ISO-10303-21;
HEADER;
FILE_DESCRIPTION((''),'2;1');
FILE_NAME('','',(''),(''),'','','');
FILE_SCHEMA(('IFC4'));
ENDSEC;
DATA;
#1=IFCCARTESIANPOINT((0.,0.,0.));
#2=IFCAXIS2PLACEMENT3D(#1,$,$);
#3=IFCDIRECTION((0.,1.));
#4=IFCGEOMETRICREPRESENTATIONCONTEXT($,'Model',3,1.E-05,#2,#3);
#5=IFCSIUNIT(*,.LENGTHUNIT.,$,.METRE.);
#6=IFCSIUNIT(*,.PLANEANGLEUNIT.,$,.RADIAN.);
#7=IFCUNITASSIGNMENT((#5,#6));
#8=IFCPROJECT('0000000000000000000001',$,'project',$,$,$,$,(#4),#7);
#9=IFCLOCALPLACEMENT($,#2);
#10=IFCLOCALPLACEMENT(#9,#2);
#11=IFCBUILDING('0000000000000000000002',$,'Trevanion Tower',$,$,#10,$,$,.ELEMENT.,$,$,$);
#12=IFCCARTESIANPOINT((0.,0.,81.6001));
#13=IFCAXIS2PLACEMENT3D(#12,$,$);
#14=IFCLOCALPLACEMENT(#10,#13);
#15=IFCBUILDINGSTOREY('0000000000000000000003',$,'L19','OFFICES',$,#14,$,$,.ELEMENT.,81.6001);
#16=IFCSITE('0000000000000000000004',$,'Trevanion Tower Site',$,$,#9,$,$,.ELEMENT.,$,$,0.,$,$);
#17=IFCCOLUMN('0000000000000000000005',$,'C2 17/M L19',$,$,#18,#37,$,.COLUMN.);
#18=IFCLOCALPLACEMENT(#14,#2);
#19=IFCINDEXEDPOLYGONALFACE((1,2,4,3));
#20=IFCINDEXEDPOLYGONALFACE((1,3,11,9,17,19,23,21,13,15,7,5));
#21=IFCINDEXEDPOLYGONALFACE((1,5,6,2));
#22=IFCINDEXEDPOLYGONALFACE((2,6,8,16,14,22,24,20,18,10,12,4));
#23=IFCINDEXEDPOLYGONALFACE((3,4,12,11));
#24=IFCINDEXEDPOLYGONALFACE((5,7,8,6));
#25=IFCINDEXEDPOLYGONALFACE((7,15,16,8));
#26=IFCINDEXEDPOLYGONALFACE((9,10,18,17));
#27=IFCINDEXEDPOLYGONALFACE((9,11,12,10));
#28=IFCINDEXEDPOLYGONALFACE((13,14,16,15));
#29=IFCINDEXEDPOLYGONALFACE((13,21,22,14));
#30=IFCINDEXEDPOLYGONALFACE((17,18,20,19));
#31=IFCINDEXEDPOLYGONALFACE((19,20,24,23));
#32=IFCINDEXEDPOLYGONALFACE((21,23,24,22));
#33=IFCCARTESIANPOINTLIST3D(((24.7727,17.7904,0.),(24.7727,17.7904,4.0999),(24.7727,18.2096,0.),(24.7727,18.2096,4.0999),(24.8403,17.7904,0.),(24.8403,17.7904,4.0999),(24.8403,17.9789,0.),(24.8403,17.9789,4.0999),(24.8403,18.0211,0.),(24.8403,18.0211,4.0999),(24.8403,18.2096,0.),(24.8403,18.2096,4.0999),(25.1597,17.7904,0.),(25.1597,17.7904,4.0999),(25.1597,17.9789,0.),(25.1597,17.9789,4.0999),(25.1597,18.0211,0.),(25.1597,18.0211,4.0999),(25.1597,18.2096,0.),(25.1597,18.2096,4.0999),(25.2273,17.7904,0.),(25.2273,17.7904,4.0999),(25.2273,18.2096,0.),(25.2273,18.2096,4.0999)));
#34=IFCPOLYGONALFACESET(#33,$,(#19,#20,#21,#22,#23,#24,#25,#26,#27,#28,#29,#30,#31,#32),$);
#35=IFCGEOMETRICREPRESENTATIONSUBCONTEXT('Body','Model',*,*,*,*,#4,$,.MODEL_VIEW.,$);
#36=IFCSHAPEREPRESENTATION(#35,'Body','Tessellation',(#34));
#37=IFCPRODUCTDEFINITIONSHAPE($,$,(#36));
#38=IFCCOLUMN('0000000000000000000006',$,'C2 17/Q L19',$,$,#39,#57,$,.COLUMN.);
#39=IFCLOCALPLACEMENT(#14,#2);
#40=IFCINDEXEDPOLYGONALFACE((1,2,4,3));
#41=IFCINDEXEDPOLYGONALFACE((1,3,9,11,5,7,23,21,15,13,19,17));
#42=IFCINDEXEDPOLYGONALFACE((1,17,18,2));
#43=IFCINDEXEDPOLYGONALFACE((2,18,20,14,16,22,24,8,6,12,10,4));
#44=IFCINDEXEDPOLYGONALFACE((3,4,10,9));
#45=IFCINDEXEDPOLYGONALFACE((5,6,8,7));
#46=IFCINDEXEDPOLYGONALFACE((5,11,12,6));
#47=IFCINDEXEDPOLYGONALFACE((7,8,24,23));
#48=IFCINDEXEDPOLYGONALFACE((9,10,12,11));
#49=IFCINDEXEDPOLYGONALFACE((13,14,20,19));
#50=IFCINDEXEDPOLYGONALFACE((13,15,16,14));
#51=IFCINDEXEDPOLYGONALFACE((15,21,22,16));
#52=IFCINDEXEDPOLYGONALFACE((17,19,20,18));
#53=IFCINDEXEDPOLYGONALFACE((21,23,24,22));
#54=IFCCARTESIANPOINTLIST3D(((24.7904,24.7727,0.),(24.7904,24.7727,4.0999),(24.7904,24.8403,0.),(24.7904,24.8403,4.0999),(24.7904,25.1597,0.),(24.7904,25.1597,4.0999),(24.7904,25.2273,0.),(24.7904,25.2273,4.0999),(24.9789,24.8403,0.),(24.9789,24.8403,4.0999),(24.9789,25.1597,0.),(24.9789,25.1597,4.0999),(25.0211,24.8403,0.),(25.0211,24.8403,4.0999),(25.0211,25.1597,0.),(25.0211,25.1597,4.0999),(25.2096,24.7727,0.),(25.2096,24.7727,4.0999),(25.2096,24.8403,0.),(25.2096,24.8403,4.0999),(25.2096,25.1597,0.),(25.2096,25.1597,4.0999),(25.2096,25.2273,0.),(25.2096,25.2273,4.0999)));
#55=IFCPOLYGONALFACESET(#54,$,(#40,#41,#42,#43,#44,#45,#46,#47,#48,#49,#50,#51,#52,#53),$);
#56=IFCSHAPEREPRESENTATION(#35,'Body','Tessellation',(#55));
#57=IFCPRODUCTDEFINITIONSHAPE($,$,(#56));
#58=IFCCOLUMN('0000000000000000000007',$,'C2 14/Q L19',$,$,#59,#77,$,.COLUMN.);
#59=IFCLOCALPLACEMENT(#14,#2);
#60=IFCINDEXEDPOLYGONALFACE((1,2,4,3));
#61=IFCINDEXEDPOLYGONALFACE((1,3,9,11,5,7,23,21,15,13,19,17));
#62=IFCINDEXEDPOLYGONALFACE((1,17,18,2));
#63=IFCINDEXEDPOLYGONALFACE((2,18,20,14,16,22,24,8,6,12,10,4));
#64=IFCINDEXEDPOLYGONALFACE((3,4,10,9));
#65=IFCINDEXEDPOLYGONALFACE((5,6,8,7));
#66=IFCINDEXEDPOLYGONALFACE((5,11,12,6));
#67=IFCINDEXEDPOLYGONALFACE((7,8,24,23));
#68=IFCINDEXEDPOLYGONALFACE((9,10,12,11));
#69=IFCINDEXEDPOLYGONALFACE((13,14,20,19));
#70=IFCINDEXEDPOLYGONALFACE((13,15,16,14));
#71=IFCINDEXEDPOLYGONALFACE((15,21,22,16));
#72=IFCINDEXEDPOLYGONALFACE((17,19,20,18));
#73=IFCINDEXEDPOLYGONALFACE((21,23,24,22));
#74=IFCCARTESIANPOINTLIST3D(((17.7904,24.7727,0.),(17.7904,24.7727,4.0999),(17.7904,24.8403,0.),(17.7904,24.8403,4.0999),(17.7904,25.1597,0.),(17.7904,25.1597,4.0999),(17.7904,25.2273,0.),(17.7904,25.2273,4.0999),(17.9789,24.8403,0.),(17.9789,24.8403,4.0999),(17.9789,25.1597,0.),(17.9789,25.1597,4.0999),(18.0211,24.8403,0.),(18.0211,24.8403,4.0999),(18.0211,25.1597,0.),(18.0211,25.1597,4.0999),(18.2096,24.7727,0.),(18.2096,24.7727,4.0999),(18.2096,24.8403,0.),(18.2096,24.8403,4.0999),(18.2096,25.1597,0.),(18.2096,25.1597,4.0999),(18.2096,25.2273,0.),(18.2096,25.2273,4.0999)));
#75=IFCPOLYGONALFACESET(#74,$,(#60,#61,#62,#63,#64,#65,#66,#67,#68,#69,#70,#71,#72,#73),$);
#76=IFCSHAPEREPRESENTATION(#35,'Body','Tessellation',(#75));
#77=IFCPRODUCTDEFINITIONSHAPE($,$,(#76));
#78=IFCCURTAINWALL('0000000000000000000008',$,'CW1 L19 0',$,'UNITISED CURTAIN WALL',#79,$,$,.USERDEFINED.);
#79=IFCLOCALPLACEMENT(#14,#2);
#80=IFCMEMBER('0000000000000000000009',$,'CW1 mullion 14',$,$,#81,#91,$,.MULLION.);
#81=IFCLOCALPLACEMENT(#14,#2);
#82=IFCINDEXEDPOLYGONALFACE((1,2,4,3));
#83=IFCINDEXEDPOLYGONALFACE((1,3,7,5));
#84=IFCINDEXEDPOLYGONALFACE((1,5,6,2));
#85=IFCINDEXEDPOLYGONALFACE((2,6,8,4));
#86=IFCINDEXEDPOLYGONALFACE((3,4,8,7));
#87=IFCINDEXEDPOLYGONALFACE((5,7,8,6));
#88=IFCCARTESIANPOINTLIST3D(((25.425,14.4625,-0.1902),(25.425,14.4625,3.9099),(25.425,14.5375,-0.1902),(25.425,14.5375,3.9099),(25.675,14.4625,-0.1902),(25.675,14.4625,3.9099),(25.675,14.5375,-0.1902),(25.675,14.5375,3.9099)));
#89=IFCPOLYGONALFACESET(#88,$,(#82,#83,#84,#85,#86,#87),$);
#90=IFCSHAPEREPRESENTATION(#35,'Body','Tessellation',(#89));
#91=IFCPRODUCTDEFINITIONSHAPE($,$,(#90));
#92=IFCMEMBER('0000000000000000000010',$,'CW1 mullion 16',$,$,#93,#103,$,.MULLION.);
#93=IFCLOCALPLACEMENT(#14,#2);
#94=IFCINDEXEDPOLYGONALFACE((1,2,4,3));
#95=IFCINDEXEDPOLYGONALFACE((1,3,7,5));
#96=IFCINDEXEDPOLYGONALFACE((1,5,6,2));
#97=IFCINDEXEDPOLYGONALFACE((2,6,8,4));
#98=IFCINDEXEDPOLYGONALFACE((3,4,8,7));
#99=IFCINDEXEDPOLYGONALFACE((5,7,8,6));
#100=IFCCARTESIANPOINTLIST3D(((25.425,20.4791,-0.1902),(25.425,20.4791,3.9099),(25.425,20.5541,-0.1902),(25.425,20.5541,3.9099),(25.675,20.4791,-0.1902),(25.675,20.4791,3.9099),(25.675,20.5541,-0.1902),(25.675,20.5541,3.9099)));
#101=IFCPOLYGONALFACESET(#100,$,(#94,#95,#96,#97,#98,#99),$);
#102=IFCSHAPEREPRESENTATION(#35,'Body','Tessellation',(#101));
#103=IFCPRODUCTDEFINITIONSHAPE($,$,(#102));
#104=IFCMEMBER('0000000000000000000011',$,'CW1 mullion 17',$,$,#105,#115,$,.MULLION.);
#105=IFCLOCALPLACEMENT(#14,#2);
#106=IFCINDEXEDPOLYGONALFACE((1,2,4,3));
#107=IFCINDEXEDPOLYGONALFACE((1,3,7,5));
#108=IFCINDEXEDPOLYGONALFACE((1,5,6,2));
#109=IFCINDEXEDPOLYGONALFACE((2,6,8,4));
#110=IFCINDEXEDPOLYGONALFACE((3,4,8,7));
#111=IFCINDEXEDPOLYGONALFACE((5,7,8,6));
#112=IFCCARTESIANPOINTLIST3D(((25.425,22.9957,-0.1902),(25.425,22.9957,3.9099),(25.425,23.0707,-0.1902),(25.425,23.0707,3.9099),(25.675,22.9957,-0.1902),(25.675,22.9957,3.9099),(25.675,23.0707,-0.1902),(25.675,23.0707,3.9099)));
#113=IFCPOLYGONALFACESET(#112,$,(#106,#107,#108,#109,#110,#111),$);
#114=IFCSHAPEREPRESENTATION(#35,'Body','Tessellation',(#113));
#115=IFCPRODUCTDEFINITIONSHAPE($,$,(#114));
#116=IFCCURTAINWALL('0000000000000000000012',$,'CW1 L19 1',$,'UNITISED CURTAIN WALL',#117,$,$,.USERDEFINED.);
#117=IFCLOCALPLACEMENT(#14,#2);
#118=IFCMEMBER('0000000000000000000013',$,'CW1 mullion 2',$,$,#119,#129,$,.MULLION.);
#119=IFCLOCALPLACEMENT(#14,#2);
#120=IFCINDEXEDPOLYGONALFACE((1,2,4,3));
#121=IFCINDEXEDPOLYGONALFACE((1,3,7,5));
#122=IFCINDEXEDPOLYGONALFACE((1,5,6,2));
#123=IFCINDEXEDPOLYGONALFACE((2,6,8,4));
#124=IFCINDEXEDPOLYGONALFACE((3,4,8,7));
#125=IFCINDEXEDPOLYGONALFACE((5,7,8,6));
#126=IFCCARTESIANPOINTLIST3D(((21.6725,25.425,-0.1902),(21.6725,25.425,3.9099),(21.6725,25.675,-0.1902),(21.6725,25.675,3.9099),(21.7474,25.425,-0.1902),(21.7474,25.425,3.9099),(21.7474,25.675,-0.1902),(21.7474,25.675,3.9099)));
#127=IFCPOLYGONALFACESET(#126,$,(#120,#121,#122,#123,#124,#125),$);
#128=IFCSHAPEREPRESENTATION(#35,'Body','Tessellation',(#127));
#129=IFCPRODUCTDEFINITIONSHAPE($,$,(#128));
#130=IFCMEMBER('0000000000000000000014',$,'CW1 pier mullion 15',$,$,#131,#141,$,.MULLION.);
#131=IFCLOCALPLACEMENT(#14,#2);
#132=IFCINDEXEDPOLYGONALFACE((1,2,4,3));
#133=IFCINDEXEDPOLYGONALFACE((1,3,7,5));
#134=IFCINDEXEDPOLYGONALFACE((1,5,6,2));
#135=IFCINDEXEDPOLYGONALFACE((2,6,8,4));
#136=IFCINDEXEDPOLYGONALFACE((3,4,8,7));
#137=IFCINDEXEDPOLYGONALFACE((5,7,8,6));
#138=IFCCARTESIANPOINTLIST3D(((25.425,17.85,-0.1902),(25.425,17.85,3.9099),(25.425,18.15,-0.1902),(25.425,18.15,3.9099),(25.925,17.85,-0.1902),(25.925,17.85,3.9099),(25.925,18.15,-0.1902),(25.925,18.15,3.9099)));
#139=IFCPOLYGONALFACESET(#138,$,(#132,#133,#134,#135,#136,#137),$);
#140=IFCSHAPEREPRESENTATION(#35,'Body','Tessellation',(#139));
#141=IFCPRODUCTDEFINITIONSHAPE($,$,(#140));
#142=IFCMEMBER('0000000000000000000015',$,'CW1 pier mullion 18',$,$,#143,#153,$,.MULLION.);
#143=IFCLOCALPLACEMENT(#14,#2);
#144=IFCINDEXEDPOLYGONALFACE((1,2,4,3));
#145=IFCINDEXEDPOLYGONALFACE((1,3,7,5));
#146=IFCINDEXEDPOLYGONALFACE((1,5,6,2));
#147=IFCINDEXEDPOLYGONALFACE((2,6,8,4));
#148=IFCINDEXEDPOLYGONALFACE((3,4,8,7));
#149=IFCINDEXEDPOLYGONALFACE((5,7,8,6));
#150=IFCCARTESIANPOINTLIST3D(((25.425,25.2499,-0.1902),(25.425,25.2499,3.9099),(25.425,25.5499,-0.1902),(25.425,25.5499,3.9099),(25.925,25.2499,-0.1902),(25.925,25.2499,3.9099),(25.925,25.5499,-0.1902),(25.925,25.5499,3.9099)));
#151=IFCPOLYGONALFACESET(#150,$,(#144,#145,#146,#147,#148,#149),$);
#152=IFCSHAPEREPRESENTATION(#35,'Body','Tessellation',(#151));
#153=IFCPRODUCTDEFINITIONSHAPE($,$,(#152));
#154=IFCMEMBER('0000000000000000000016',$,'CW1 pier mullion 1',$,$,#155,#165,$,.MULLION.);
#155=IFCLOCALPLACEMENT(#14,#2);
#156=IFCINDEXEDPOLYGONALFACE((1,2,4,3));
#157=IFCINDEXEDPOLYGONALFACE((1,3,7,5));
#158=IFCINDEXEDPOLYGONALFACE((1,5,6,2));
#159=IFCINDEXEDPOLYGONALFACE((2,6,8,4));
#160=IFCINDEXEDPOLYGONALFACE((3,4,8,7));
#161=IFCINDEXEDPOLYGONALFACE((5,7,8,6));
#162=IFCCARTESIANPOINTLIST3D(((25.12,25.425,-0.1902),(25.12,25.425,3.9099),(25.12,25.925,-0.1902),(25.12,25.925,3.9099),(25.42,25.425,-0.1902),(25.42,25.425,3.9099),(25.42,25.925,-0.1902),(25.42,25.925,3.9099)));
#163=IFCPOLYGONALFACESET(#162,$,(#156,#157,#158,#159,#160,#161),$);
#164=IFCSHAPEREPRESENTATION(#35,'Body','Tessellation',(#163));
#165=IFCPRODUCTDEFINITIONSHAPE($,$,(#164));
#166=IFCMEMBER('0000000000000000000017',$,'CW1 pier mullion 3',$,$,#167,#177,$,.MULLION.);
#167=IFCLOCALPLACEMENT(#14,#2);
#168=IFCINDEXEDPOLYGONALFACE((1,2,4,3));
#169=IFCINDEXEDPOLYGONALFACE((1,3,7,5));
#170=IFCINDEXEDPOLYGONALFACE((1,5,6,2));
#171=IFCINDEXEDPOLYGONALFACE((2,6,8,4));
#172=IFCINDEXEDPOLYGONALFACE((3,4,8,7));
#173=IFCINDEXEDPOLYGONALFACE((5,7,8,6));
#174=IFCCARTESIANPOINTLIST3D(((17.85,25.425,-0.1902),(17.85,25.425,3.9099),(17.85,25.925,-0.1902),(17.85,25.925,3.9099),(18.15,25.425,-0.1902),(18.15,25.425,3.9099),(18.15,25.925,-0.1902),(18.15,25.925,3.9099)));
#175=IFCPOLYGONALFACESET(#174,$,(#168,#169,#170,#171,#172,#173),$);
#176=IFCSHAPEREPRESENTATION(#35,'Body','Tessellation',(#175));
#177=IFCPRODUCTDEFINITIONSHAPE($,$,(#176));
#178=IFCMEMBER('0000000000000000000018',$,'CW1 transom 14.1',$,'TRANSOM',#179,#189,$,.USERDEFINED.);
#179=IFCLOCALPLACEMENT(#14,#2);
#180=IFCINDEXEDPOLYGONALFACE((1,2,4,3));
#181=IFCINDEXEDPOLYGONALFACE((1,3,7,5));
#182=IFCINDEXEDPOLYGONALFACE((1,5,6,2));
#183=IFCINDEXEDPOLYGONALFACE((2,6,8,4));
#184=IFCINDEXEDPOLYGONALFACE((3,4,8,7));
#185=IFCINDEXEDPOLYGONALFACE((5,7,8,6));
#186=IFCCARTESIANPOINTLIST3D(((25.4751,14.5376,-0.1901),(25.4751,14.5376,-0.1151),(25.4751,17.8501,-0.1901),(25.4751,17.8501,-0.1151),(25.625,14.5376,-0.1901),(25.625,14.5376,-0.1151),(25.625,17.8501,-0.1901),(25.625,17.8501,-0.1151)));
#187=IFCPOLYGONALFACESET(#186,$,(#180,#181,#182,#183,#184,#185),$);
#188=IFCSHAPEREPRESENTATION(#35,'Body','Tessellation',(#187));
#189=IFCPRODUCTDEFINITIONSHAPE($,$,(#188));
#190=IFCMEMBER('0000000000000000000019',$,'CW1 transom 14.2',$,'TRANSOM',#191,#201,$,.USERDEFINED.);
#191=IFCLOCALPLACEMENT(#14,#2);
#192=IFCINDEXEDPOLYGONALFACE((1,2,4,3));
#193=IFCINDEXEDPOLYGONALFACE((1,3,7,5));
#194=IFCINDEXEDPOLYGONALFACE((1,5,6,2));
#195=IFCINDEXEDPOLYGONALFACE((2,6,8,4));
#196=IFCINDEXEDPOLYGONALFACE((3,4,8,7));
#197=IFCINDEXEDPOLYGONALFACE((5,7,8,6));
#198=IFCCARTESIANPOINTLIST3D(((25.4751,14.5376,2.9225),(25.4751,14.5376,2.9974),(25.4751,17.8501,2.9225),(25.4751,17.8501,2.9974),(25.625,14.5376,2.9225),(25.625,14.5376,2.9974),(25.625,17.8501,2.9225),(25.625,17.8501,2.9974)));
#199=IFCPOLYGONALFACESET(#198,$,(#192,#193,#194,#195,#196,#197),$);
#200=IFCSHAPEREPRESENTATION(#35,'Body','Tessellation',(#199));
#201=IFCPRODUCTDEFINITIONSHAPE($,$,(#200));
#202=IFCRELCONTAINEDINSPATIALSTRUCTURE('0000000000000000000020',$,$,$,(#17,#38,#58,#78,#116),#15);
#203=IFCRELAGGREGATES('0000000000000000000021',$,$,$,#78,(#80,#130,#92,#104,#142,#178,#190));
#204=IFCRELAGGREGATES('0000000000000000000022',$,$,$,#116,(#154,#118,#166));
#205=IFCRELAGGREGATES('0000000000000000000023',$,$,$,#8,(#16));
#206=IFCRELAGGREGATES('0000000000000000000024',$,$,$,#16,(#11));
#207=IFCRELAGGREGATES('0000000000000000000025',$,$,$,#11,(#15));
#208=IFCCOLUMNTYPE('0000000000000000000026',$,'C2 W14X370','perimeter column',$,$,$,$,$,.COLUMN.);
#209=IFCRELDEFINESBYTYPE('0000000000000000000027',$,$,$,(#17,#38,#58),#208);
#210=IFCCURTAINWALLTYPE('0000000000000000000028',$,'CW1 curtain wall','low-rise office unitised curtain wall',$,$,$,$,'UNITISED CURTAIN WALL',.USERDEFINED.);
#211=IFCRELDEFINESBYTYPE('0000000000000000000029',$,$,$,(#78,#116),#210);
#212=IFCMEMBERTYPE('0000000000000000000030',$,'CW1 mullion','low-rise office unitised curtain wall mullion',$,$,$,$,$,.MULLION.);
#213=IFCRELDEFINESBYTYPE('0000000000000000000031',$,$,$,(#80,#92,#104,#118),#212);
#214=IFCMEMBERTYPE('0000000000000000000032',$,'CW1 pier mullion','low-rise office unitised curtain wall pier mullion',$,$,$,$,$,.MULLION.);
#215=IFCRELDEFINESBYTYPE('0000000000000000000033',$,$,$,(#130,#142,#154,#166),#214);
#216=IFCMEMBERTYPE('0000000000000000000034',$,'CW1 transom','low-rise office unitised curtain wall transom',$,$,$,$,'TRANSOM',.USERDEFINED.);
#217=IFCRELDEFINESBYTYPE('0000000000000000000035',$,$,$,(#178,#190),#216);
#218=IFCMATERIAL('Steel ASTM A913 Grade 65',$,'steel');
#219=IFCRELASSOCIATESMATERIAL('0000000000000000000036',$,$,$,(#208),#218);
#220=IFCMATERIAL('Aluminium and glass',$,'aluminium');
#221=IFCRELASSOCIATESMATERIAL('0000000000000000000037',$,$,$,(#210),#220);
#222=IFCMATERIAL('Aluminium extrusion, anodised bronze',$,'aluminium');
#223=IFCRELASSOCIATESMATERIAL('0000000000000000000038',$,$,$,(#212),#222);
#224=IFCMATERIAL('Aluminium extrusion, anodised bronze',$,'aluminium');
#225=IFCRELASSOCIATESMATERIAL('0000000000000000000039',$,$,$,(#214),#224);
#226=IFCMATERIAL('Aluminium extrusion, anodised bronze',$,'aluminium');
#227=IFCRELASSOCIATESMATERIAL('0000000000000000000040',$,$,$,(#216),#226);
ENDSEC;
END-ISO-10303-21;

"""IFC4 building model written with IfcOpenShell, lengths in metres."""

from ifc_helpers import new_model, si_unit, direction, frame, origin, origin_2d, place, context, subcontext, project, spatial, rectangle, i_section, extrude, material, material_profile, profile_set, type_object, element, aggregate, save


model = new_model("IFC4")

# Units and contexts
model_context = context("Model", 3, precision=1e-05, world=origin(), true_north=direction((0.0, 1.0)))
body_context = subcontext(model_context, "Body", "Model", "MODEL_VIEW")
ifc_project = project(units=[si_unit("LENGTHUNIT", "METRE"), si_unit("PLANEANGLEUNIT", "RADIAN")], contexts=[model_context])

# Site, building, storey
site_placement = place(None, origin())
site = spatial("IfcSite", under=ifc_project, at=site_placement, Name="Trevanion Tower Site", CompositionType="ELEMENT", RefElevation=0.0)
building_placement = place(site_placement, origin())
building = spatial("IfcBuilding", under=site, at=building_placement, Name="Trevanion Tower", CompositionType="ELEMENT")
storey_placement = place(building_placement, frame((0.0, 0.0, 81.6001)))
storey = spatial("IfcBuildingStorey", under=building, at=storey_placement, Name="L19", Description="OFFICES", CompositionType="ELEMENT", Elevation=81.6001)

# Columns
ifc_material_1 = material(Name="Steel ASTM A913 Grade 65", Category="steel")
ifc_material_profile_1 = material_profile(ifc_material_1, i_section(OverallWidth=0.4192, OverallDepth=0.4546, WebThickness=0.0422, FlangeThickness=0.0676, at=origin_2d()), Name="W14X370")
ifc_profile_set_1 = profile_set([ifc_material_profile_1], Name="Steel ASTM A913 Grade 65")
column_type = type_object("IfcColumnType", Name="C2 W14X370", Description="perimeter column", PredefinedType="COLUMN", material=ifc_profile_set_1)
for number, where, z_axis, x_axis, name in (
    (1, (25.0, 18.0, 0.0), (0.0, 0.0, 1.0), (0.0, 1.0, 0.0), "C2 17/M L19"),
    (2, (25.0, 25.0, 0.0), (0.0, 0.0, 1.0), (1.0, 0.0, 0.0), "C2 17/Q L19"),
    (3, (18.0, 25.0, 0.0), (0.0, 0.0, 1.0), (1.0, 0.0, 0.0), "C2 14/Q L19"),
):
    element("IfcColumn", number, at=place(storey_placement, frame(where, z_axis=z_axis, x_axis=x_axis)), inside=storey, type_object=column_type, Name=name, PredefinedType="COLUMN", context=body_context, shape_type="SweptSolid", body=[
        extrude(i_section(OverallWidth=0.4192, OverallDepth=0.4546, WebThickness=0.0422, FlangeThickness=0.0676, at=origin_2d()), origin(), (0.0, 0.0, 1.0), 4.0999),
    ])

# Curtain wall, members
ifc_material_2 = material(Name="Aluminium and glass", Category="aluminium")
curtain_wall_type = type_object("IfcCurtainWallType", Name="CW1 curtain wall", Description="low-rise office unitised curtain wall", ElementType="UNITISED CURTAIN WALL", PredefinedType="USERDEFINED", material=ifc_material_2)
curtain_wall_1_placement = place(storey_placement, origin())
curtain_wall_1 = element("IfcCurtainWall", 4, at=curtain_wall_1_placement, inside=storey, type_object=curtain_wall_type, Name="CW1 L19 0", ObjectType="UNITISED CURTAIN WALL", PredefinedType="USERDEFINED")
ifc_material_3 = material(Name="Aluminium extrusion, anodised bronze", Category="aluminium")
ifc_material_profile_2 = material_profile(ifc_material_3, rectangle(XDim=0.075, YDim=0.25, at=origin_2d()), Name="CW1 mullion")
ifc_profile_set_2 = profile_set([ifc_material_profile_2], Name="Aluminium extrusion, anodised bronze")
member_type_1 = type_object("IfcMemberType", Name="CW1 mullion", Description="low-rise office unitised curtain wall mullion", PredefinedType="MULLION", material=ifc_profile_set_2)
member_1_placement = place(storey_placement, frame((25.55, 14.5, -0.1902), z_axis=(0.0, 0.0, 1.0), x_axis=(0.0, 1.0, 0.0)))
member_1 = element("IfcMember", 5, at=member_1_placement, type_object=member_type_1, Name="CW1 mullion 14", PredefinedType="MULLION", context=body_context, shape_type="SweptSolid", body=[
    extrude(rectangle(XDim=0.075, YDim=0.25, at=origin_2d()), origin(), (0.0, 0.0, 1.0), 4.1001),
])
member_2_placement = place(storey_placement, frame((25.55, 20.5166, -0.1902), z_axis=(0.0, 0.0, 1.0), x_axis=(0.0, 1.0, 0.0)))
member_2 = element("IfcMember", 6, at=member_2_placement, type_object=member_type_1, Name="CW1 mullion 16", PredefinedType="MULLION", context=body_context, shape_type="SweptSolid", body=[
    extrude(rectangle(XDim=0.075, YDim=0.25, at=origin_2d()), origin(), (0.0, 0.0, 1.0), 4.1001),
])
member_3_placement = place(storey_placement, frame((25.55, 23.0332, -0.1902), z_axis=(0.0, 0.0, 1.0), x_axis=(0.0, 1.0, 0.0)))
member_3 = element("IfcMember", 7, at=member_3_placement, type_object=member_type_1, Name="CW1 mullion 17", PredefinedType="MULLION", context=body_context, shape_type="SweptSolid", body=[
    extrude(rectangle(XDim=0.075, YDim=0.25, at=origin_2d()), origin(), (0.0, 0.0, 1.0), 4.1001),
])

# Curtain wall, member
curtain_wall_2_placement = place(storey_placement, origin())
curtain_wall_2 = element("IfcCurtainWall", 8, at=curtain_wall_2_placement, inside=storey, type_object=curtain_wall_type, Name="CW1 L19 1", ObjectType="UNITISED CURTAIN WALL", PredefinedType="USERDEFINED")
member_4_placement = place(storey_placement, frame((21.71, 25.55, -0.1902), z_axis=(0.0, 0.0, 1.0), x_axis=(-1.0, 0.0, 0.0)))
member_4 = element("IfcMember", 9, at=member_4_placement, type_object=member_type_1, Name="CW1 mullion 2", PredefinedType="MULLION", context=body_context, shape_type="SweptSolid", body=[
    extrude(rectangle(XDim=0.075, YDim=0.25, at=origin_2d()), origin(), (0.0, 0.0, 1.0), 4.1001),
])

# Members
ifc_material_4 = material(Name="Aluminium extrusion, anodised bronze", Category="aluminium")
ifc_material_profile_3 = material_profile(ifc_material_4, rectangle(XDim=0.3, YDim=0.5, at=origin_2d()), Name="CW1 pier mullion")
ifc_profile_set_3 = profile_set([ifc_material_profile_3], Name="Aluminium extrusion, anodised bronze")
member_type_2 = type_object("IfcMemberType", Name="CW1 pier mullion", Description="low-rise office unitised curtain wall pier mullion", PredefinedType="MULLION", material=ifc_profile_set_3)
member_5_placement = place(storey_placement, frame((25.675, 18.0, -0.1902), z_axis=(0.0, 0.0, 1.0), x_axis=(0.0, 1.0, 0.0)))
member_5 = element("IfcMember", 10, at=member_5_placement, type_object=member_type_2, Name="CW1 pier mullion 15", PredefinedType="MULLION", context=body_context, shape_type="SweptSolid", body=[
    extrude(rectangle(XDim=0.3, YDim=0.5, at=origin_2d()), origin(), (0.0, 0.0, 1.0), 4.1001),
])
member_6_placement = place(storey_placement, frame((25.675, 25.3999, -0.1902), z_axis=(0.0, 0.0, 1.0), x_axis=(0.0, 1.0, 0.0)))
member_6 = element("IfcMember", 11, at=member_6_placement, type_object=member_type_2, Name="CW1 pier mullion 18", PredefinedType="MULLION", context=body_context, shape_type="SweptSolid", body=[
    extrude(rectangle(XDim=0.3, YDim=0.5, at=origin_2d()), origin(), (0.0, 0.0, 1.0), 4.1001),
])
member_7_placement = place(storey_placement, frame((25.27, 25.675, -0.1902), z_axis=(0.0, 0.0, 1.0), x_axis=(-1.0, 0.0, 0.0)))
member_7 = element("IfcMember", 12, at=member_7_placement, type_object=member_type_2, Name="CW1 pier mullion 1", PredefinedType="MULLION", context=body_context, shape_type="SweptSolid", body=[
    extrude(rectangle(XDim=0.3, YDim=0.5, at=origin_2d()), origin(), (0.0, 0.0, 1.0), 4.1001),
])
member_8_placement = place(storey_placement, frame((18.0, 25.675, -0.1902), z_axis=(0.0, 0.0, 1.0), x_axis=(-1.0, 0.0, 0.0)))
member_8 = element("IfcMember", 13, at=member_8_placement, type_object=member_type_2, Name="CW1 pier mullion 3", PredefinedType="MULLION", context=body_context, shape_type="SweptSolid", body=[
    extrude(rectangle(XDim=0.3, YDim=0.5, at=origin_2d()), origin(), (0.0, 0.0, 1.0), 4.1001),
])
ifc_material_5 = material(Name="Aluminium extrusion, anodised bronze", Category="aluminium")
ifc_material_profile_4 = material_profile(ifc_material_5, rectangle(XDim=0.1499, YDim=0.075, at=origin_2d()), Name="CW1 transom")
ifc_profile_set_4 = profile_set([ifc_material_profile_4], Name="Aluminium extrusion, anodised bronze")
member_type_3 = type_object("IfcMemberType", Name="CW1 transom", Description="low-rise office unitised curtain wall transom", ElementType="TRANSOM", PredefinedType="USERDEFINED", material=ifc_profile_set_4)
member_9_placement = place(storey_placement, frame((25.55, 14.5376, -0.1526), z_axis=(0.0, 1.0, 0.0), x_axis=(-1.0, 0.0, 0.0)))
member_9 = element("IfcMember", 14, at=member_9_placement, type_object=member_type_3, Name="CW1 transom 14.1", ObjectType="TRANSOM", PredefinedType="USERDEFINED", context=body_context, shape_type="SweptSolid", body=[
    extrude(rectangle(XDim=0.1499, YDim=0.075, at=origin_2d()), origin(), (0.0, 0.0, 1.0), 3.3125),
])
member_10_placement = place(storey_placement, frame((25.55, 14.5376, 2.96), z_axis=(0.0, 1.0, 0.0), x_axis=(-1.0, 0.0, 0.0)))
member_10 = element("IfcMember", 15, at=member_10_placement, type_object=member_type_3, Name="CW1 transom 14.2", ObjectType="TRANSOM", PredefinedType="USERDEFINED", context=body_context, shape_type="SweptSolid", body=[
    extrude(rectangle(XDim=0.1499, YDim=0.075, at=origin_2d()), origin(), (0.0, 0.0, 1.0), 3.3125),
])

aggregate(curtain_wall_1, [member_1, member_5, member_2, member_3, member_6, member_9, member_10])
aggregate(curtain_wall_2, [member_7, member_4, member_8])

save(model, "model.ifc")
